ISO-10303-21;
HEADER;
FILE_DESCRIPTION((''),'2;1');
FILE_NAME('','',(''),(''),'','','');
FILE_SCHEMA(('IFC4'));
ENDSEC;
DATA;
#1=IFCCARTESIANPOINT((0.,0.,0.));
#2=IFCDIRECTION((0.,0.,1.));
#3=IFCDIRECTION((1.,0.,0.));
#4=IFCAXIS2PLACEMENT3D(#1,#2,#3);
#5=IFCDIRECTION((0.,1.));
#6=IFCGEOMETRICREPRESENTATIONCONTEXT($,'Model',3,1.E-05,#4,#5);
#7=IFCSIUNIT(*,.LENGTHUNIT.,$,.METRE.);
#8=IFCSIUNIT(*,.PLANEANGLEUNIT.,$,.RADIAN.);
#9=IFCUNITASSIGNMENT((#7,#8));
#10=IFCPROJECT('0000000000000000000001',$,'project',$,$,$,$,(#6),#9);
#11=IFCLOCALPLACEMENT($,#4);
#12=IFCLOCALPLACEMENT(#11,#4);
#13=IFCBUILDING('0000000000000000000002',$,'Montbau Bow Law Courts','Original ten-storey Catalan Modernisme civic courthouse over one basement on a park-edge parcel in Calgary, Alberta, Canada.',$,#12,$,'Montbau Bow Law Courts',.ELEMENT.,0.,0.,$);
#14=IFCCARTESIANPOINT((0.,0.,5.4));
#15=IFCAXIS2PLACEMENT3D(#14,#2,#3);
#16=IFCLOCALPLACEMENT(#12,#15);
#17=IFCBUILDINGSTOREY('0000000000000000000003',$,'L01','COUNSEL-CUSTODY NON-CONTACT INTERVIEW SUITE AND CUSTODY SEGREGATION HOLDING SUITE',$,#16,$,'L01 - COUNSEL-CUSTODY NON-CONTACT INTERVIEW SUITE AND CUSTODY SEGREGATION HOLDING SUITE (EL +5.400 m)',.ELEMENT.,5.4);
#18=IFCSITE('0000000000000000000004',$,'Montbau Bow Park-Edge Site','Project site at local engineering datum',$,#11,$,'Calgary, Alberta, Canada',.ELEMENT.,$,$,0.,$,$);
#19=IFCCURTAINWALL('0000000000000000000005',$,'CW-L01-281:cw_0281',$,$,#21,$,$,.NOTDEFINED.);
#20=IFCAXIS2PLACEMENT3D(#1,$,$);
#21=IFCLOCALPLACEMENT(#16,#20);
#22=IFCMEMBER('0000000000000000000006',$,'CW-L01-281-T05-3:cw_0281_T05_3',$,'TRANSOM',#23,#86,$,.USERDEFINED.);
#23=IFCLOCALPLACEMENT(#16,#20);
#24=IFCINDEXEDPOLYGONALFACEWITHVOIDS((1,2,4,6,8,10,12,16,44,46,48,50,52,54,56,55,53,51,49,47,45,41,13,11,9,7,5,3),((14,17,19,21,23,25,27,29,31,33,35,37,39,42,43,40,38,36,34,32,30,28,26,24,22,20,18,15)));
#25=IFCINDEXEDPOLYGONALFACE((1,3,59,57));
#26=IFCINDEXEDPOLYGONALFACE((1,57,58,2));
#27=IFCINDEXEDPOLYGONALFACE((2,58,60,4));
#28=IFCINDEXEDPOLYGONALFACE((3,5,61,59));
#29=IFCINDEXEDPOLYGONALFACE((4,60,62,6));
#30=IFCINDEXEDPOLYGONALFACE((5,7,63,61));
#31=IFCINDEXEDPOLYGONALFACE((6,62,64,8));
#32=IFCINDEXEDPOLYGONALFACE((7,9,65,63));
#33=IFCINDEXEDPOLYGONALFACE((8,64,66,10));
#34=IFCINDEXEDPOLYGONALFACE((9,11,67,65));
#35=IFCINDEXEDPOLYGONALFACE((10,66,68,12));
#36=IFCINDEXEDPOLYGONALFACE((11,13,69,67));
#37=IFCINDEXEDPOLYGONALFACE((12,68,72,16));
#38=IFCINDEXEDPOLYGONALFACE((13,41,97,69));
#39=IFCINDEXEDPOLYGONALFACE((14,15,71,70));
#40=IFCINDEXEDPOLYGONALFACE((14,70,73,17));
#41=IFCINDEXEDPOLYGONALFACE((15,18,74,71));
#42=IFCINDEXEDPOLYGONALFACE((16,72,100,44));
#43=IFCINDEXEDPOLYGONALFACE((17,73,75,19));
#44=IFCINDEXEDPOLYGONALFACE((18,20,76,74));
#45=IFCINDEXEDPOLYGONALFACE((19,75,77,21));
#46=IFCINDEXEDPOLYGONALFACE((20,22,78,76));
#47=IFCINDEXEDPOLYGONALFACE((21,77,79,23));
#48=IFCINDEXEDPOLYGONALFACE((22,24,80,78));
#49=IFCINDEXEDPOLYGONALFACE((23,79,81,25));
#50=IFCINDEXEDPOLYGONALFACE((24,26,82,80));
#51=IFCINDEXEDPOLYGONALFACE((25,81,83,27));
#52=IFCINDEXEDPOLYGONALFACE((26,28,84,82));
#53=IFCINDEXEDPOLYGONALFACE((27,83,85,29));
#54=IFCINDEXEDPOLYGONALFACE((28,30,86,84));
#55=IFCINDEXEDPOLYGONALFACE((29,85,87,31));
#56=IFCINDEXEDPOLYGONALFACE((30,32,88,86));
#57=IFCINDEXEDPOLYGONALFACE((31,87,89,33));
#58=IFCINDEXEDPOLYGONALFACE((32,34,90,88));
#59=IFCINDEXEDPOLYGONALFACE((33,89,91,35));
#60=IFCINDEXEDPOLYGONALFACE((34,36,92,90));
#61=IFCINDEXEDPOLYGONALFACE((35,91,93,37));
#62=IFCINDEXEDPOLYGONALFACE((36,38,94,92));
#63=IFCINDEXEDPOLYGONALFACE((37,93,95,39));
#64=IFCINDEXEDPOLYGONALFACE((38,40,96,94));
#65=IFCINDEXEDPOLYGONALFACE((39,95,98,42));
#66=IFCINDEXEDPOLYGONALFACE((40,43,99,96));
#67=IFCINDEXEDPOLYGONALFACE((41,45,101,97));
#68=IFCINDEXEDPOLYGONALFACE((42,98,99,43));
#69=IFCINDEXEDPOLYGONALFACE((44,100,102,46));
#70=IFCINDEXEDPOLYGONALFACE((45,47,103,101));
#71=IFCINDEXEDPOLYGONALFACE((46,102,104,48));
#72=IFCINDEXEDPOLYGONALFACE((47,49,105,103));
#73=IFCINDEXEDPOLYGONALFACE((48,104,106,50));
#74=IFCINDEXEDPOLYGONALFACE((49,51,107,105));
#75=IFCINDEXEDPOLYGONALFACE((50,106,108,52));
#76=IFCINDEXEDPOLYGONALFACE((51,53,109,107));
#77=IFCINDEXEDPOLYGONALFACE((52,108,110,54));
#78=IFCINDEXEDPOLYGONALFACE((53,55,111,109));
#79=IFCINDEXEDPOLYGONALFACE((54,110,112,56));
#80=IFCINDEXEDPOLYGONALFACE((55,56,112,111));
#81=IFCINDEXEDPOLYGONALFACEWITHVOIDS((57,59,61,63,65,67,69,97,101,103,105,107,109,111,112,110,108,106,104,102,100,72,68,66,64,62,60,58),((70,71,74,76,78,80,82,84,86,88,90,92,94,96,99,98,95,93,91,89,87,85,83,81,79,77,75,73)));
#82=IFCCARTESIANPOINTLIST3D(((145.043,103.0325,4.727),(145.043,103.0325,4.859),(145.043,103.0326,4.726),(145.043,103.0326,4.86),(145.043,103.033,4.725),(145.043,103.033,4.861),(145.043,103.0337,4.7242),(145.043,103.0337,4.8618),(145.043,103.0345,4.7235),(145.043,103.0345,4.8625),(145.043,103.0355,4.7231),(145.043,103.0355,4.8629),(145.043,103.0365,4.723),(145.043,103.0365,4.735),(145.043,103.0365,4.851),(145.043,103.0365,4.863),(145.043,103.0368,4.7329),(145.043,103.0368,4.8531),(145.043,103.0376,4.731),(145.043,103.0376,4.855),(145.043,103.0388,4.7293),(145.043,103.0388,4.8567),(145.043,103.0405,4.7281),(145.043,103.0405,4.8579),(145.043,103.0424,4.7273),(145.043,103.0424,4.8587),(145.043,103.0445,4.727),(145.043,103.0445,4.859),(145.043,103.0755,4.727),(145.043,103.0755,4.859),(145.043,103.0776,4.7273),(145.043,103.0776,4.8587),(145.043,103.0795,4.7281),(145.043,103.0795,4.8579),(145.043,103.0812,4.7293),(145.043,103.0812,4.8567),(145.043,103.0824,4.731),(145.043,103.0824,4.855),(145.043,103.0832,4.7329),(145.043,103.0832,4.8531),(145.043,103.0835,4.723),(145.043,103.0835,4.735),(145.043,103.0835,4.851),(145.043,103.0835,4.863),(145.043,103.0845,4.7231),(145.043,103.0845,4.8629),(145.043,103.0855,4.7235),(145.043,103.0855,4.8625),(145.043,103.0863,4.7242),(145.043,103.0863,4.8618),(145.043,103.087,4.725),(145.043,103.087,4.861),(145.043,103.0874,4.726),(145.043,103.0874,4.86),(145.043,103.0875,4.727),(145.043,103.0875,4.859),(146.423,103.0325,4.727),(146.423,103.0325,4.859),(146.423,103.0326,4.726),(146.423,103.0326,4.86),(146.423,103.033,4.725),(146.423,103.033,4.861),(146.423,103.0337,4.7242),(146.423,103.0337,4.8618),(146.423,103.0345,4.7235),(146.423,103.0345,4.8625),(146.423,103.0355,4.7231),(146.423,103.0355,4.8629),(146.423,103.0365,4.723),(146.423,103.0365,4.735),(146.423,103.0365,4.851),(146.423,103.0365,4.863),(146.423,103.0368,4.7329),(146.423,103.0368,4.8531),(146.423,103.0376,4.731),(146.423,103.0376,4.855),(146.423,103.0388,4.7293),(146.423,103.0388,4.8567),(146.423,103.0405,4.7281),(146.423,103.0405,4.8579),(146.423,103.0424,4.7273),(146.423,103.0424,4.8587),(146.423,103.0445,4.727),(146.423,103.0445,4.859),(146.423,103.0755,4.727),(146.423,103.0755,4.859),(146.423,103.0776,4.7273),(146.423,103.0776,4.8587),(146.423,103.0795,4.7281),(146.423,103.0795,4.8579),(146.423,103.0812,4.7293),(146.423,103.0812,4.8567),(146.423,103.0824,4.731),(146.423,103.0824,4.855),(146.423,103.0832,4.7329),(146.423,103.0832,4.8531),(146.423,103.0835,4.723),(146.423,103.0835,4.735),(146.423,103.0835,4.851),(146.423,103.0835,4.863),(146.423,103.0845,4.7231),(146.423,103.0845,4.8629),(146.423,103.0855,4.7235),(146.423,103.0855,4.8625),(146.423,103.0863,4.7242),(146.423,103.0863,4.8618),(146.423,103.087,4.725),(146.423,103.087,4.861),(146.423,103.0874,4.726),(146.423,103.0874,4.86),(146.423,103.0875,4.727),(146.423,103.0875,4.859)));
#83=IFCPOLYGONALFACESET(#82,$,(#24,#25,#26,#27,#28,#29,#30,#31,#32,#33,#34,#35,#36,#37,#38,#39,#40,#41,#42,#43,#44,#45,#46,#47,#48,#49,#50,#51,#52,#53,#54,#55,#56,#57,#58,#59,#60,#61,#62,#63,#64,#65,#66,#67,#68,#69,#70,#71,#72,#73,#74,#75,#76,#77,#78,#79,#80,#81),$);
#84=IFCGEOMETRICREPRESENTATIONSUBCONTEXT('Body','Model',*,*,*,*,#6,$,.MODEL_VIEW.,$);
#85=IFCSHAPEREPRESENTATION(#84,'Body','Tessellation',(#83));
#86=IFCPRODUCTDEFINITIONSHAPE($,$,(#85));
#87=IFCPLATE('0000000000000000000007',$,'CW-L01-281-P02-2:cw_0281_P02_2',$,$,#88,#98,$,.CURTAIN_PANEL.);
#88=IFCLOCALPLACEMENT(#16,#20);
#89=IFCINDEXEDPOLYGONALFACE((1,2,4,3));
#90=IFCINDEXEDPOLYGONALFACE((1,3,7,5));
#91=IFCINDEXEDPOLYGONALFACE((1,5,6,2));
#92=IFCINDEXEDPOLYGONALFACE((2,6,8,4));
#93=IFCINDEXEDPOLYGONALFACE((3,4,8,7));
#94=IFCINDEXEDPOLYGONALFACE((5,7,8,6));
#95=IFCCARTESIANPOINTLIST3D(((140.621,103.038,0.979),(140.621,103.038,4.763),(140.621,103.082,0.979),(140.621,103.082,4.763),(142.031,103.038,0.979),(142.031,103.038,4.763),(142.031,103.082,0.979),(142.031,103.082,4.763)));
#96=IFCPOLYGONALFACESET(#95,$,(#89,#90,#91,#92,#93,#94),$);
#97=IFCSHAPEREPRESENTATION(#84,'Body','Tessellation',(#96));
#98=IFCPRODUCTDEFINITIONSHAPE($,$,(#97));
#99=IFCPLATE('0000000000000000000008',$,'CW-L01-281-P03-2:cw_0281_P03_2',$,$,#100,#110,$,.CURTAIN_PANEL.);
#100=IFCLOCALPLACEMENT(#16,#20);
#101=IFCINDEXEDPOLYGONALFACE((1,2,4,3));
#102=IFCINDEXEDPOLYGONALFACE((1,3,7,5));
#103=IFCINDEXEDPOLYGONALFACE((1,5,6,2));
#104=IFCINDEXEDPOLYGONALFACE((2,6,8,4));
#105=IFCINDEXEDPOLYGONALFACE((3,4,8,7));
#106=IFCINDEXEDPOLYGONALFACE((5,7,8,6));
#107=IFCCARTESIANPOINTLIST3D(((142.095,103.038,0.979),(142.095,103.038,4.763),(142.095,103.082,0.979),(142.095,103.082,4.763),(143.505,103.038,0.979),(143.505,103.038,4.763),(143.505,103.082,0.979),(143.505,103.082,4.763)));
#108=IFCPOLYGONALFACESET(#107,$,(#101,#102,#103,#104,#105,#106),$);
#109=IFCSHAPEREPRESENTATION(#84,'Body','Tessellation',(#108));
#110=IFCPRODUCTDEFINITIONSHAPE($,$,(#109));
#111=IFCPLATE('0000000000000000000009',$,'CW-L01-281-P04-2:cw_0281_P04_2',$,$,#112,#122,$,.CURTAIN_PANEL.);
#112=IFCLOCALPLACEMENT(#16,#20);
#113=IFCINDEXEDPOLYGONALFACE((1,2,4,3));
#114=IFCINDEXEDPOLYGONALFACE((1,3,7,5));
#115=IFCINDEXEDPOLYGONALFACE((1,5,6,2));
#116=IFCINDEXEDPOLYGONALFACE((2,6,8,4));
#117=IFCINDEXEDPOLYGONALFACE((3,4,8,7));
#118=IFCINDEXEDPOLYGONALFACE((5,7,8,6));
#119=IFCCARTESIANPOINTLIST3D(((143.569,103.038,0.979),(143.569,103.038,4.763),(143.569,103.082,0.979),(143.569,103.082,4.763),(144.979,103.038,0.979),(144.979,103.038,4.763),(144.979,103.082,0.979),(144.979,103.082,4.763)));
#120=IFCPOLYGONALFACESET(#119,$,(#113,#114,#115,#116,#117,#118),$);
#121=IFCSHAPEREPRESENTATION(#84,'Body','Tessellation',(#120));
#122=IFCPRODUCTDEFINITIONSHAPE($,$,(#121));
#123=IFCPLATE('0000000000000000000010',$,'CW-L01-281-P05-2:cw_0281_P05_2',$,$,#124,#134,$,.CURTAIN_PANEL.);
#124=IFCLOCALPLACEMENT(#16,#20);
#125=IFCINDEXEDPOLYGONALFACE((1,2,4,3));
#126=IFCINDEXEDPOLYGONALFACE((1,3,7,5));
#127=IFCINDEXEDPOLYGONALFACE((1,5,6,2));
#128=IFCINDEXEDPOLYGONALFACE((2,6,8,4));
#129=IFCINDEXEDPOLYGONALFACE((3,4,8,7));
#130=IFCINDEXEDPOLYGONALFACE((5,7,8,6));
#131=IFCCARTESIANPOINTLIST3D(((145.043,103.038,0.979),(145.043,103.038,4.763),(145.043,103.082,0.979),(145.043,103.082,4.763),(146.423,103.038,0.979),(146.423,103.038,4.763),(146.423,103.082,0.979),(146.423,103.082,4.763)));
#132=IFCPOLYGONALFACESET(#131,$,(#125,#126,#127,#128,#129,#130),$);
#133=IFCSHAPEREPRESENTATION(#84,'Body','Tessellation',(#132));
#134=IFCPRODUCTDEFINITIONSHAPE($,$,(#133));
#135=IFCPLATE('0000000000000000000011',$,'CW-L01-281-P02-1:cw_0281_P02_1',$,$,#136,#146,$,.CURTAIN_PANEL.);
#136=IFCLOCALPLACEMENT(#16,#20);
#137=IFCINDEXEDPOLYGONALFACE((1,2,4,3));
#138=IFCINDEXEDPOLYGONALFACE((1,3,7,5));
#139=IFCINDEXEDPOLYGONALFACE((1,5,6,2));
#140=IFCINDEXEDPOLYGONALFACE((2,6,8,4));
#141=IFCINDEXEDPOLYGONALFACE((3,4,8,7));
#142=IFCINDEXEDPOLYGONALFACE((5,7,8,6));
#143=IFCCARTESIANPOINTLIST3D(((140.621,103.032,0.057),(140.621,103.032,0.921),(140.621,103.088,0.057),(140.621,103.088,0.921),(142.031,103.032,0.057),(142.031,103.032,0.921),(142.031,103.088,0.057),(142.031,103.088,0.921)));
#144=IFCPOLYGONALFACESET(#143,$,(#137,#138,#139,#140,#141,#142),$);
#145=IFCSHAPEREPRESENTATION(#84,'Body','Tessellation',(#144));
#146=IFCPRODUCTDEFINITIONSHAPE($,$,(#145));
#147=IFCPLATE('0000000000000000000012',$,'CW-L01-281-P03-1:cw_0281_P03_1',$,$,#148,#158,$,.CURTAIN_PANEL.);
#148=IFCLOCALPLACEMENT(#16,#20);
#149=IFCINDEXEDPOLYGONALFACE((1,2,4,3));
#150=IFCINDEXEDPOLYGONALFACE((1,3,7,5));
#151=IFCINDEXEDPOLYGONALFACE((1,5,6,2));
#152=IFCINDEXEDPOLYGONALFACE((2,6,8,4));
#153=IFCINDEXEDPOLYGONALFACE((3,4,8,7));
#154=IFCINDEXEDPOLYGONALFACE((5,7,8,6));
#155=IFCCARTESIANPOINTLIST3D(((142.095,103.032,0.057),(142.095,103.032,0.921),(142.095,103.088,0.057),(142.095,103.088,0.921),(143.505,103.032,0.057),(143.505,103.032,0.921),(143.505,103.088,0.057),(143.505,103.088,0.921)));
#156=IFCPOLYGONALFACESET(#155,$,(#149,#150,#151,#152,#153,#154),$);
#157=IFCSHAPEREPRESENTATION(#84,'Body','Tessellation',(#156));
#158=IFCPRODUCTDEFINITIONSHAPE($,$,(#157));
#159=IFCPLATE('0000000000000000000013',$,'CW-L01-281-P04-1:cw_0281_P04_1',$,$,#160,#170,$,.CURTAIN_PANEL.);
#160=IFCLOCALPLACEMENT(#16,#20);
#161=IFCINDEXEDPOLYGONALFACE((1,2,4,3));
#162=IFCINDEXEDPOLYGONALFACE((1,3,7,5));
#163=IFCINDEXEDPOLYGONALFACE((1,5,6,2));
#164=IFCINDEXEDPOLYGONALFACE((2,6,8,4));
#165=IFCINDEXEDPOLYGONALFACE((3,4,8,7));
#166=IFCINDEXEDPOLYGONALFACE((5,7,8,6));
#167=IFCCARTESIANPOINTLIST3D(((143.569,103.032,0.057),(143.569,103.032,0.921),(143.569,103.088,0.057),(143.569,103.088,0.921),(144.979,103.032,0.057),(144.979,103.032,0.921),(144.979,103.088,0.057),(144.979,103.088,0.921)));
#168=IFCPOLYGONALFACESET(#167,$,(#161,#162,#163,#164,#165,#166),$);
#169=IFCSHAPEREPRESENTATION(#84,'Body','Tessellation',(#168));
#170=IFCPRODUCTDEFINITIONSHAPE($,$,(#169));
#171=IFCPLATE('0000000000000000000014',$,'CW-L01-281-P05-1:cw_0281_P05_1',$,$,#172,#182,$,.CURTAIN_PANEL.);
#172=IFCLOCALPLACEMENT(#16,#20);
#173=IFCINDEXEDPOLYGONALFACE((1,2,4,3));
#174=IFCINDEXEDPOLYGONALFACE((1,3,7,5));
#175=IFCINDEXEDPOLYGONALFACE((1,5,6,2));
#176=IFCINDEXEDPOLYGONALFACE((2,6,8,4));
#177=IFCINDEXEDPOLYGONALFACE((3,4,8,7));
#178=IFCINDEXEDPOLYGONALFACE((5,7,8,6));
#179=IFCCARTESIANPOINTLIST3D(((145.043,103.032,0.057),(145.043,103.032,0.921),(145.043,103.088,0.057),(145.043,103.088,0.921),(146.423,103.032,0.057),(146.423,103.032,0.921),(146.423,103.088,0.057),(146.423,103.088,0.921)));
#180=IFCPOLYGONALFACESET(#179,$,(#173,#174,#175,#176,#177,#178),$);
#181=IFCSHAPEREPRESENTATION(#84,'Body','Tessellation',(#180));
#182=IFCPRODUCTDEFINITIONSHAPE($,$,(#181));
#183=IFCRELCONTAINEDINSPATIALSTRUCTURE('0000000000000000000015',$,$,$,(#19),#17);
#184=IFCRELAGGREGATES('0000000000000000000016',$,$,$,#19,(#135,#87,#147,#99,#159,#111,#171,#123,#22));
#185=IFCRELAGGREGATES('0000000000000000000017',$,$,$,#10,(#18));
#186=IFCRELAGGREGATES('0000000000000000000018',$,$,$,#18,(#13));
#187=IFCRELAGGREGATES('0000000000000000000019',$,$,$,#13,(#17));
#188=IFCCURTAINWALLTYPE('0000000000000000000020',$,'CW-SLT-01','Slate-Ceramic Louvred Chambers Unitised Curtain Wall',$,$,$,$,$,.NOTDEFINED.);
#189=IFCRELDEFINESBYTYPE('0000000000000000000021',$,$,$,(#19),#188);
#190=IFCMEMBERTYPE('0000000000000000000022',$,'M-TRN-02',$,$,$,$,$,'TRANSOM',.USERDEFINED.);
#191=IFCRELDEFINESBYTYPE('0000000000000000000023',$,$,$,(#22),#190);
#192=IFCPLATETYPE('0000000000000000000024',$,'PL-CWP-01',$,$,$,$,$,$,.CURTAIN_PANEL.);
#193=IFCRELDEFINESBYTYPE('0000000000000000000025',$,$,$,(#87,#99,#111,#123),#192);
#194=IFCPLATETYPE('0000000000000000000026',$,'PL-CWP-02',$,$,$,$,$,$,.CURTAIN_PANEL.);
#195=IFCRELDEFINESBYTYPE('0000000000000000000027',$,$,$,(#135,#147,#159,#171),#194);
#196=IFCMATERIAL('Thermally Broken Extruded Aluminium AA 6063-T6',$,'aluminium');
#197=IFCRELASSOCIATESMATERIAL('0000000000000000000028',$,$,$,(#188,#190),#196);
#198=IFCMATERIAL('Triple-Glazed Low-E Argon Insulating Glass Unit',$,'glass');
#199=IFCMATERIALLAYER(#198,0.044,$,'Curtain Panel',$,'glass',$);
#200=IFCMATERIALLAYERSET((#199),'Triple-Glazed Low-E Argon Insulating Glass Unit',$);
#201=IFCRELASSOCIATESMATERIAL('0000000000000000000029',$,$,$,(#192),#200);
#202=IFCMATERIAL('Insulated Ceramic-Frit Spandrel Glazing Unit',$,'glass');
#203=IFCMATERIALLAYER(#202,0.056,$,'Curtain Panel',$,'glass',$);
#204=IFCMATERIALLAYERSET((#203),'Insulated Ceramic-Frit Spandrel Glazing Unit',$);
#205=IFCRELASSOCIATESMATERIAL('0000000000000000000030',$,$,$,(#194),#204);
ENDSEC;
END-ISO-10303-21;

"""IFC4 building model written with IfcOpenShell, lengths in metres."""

from ifc_helpers import new_model, si_unit, direction, frame, frame_2d, origin_with_axes, origin_2d_with_axis, place, context, subcontext, project, spatial, rectangle, hollow_rectangle, extrude, material, layer, layer_set, material_profile, profile_set, type_object, element, aggregate, save


model = new_model("IFC4")

# Units and contexts
model_context = context("Model", 3, precision=1e-05, world=origin_with_axes(), true_north=direction((0.0, 1.0)))
body_context = subcontext(model_context, "Body", "Model", "MODEL_VIEW")
ifc_project = project(units=[si_unit("LENGTHUNIT", "METRE"), si_unit("PLANEANGLEUNIT", "RADIAN")], contexts=[model_context])

# Site, building, storey
site_placement = place(None, origin_with_axes())
site = spatial("IfcSite", under=ifc_project, at=site_placement, Name="Montbau Bow Park-Edge Site", Description="Project site at local engineering datum", LongName="Calgary, Alberta, Canada", CompositionType="ELEMENT", RefElevation=0.0)
building_placement = place(site_placement, origin_with_axes())
building = spatial("IfcBuilding", under=site, at=building_placement, Name="Montbau Bow Law Courts", Description="Original ten-storey Catalan Modernisme civic courthouse over one basement on a park-edge parcel in Calgary, Alberta, Canada.", LongName="Montbau Bow Law Courts", CompositionType="ELEMENT", ElevationOfRefHeight=0.0, ElevationOfTerrain=0.0)
storey_placement = place(building_placement, frame((0.0, 0.0, 5.4), z_axis=(0.0, 0.0, 1.0), x_axis=(1.0, 0.0, 0.0)))
storey = spatial("IfcBuildingStorey", under=building, at=storey_placement, Name="L01", Description="COUNSEL-CUSTODY NON-CONTACT INTERVIEW SUITE AND CUSTODY SEGREGATION HOLDING SUITE", LongName="L01 - COUNSEL-CUSTODY NON-CONTACT INTERVIEW SUITE AND CUSTODY SEGREGATION HOLDING SUITE (EL +5.400 m)", CompositionType="ELEMENT", Elevation=5.4)

# Curtain wall, member, plates
ifc_material_1 = material(Name="Thermally Broken Extruded Aluminium AA 6063-T6", Category="aluminium")
curtain_wall_type = type_object("IfcCurtainWallType", Name="CW-SLT-01", Description="Slate-Ceramic Louvred Chambers Unitised Curtain Wall", PredefinedType="NOTDEFINED", material=ifc_material_1)
curtain_wall_placement = place(None, frame((139.115, 103.06, 5.4), z_axis=(0.0, 0.0, 1.0), x_axis=(1.0, 0.0, 0.0)))
curtain_wall = element("IfcCurtainWall", 1, at=curtain_wall_placement, inside=storey, type_object=curtain_wall_type, Name="CW-L01-281:cw_0281", PredefinedType="NOTDEFINED")
ifc_material_profile_1 = material_profile(ifc_material_1, hollow_rectangle(XDim=0.055, YDim=0.14, WallThickness=0.004, InnerFilletRadius=0.008, OuterFilletRadius=0.004, at=origin_2d_with_axis()), Name="CWT-140X55", Category="Main", Priority=0)
ifc_profile_set_1 = profile_set([ifc_material_profile_1], Name="Thermally Broken Extruded Aluminium AA 6063-T6")
member_type_1 = type_object("IfcMemberType", Name="M-TRN-02", ElementType="TRANSOM", PredefinedType="USERDEFINED", material=ifc_profile_set_1)
member_1_placement = place(None, frame((145.043, 103.06, 10.193), z_axis=(1.0, 0.0, 0.0), x_axis=(0.0, 1.0, 0.0)))
member_1 = element("IfcMember", 2, at=member_1_placement, type_object=member_type_1, Name="CW-L01-281-T05-3:cw_0281_T05_3", ObjectType="TRANSOM", PredefinedType="USERDEFINED", context=body_context, shape_type="SweptSolid", body=[
    extrude(hollow_rectangle(XDim=0.055, YDim=0.14, WallThickness=0.004, InnerFilletRadius=0.008, OuterFilletRadius=0.004, at=origin_2d_with_axis()), origin_with_axes(), (0.0, 0.0, 1.0), 1.38),
])
ifc_material_2 = material(Name="Triple-Glazed Low-E Argon Insulating Glass Unit", Category="glass")
ifc_layer_1 = layer(ifc_material_2, 0.044, Name="Curtain Panel", Category="glass")
ifc_layer_set_1 = layer_set([ifc_layer_1], Name="Triple-Glazed Low-E Argon Insulating Glass Unit")
plate_type_1 = type_object("IfcPlateType", Name="PL-CWP-01", PredefinedType="CURTAIN_PANEL", material=ifc_layer_set_1)
plate_1_placement = place(None, frame((140.621, 103.06, 6.379), z_axis=(0.0, -1.0, 0.0), x_axis=(1.0, 0.0, 0.0)))
plate_1 = element("IfcPlate", 3, at=plate_1_placement, type_object=plate_type_1, Name="CW-L01-281-P02-2:cw_0281_P02_2", PredefinedType="CURTAIN_PANEL", context=body_context, shape_type="SweptSolid", body=[
    extrude(rectangle(XDim=1.41, YDim=3.784, at=frame_2d((0.705, 1.892), x_axis=(1.0, 0.0))), frame((0.0, 0.0, -0.022), z_axis=(0.0, 0.0, 1.0), x_axis=(1.0, 0.0, 0.0)), (0.0, 0.0, 1.0), 0.044),
])
plate_2_placement = place(None, frame((142.095, 103.06, 6.379), z_axis=(0.0, -1.0, 0.0), x_axis=(1.0, 0.0, 0.0)))
plate_2 = element("IfcPlate", 4, at=plate_2_placement, type_object=plate_type_1, Name="CW-L01-281-P03-2:cw_0281_P03_2", PredefinedType="CURTAIN_PANEL", context=body_context, shape_type="SweptSolid", body=[
    extrude(rectangle(XDim=1.41, YDim=3.784, at=frame_2d((0.705, 1.892), x_axis=(1.0, 0.0))), frame((0.0, 0.0, -0.022), z_axis=(0.0, 0.0, 1.0), x_axis=(1.0, 0.0, 0.0)), (0.0, 0.0, 1.0), 0.044),
])
plate_3_placement = place(None, frame((143.569, 103.06, 6.379), z_axis=(0.0, -1.0, 0.0), x_axis=(1.0, 0.0, 0.0)))
plate_3 = element("IfcPlate", 5, at=plate_3_placement, type_object=plate_type_1, Name="CW-L01-281-P04-2:cw_0281_P04_2", PredefinedType="CURTAIN_PANEL", context=body_context, shape_type="SweptSolid", body=[
    extrude(rectangle(XDim=1.41, YDim=3.784, at=frame_2d((0.705, 1.892), x_axis=(1.0, 0.0))), frame((0.0, 0.0, -0.022), z_axis=(0.0, 0.0, 1.0), x_axis=(1.0, 0.0, 0.0)), (0.0, 0.0, 1.0), 0.044),
])
plate_4_placement = place(None, frame((145.043, 103.06, 6.379), z_axis=(0.0, -1.0, 0.0), x_axis=(1.0, 0.0, 0.0)))
plate_4 = element("IfcPlate", 6, at=plate_4_placement, type_object=plate_type_1, Name="CW-L01-281-P05-2:cw_0281_P05_2", PredefinedType="CURTAIN_PANEL", context=body_context, shape_type="SweptSolid", body=[
    extrude(rectangle(XDim=1.38, YDim=3.784, at=frame_2d((0.69, 1.892), x_axis=(1.0, 0.0))), frame((0.0, 0.0, -0.022), z_axis=(0.0, 0.0, 1.0), x_axis=(1.0, 0.0, 0.0)), (0.0, 0.0, 1.0), 0.044),
])
ifc_material_3 = material(Name="Insulated Ceramic-Frit Spandrel Glazing Unit", Category="glass")
ifc_layer_2 = layer(ifc_material_3, 0.056, Name="Curtain Panel", Category="glass")
ifc_layer_set_2 = layer_set([ifc_layer_2], Name="Insulated Ceramic-Frit Spandrel Glazing Unit")
plate_type_2 = type_object("IfcPlateType", Name="PL-CWP-02", PredefinedType="CURTAIN_PANEL", material=ifc_layer_set_2)
plate_5_placement = place(None, frame((140.621, 103.06, 5.457), z_axis=(0.0, -1.0, 0.0), x_axis=(1.0, 0.0, 0.0)))
plate_5 = element("IfcPlate", 7, at=plate_5_placement, type_object=plate_type_2, Name="CW-L01-281-P02-1:cw_0281_P02_1", PredefinedType="CURTAIN_PANEL", context=body_context, shape_type="SweptSolid", body=[
    extrude(rectangle(XDim=1.41, YDim=0.864, at=frame_2d((0.705, 0.432), x_axis=(1.0, 0.0))), frame((0.0, 0.0, -0.028), z_axis=(0.0, 0.0, 1.0), x_axis=(1.0, 0.0, 0.0)), (0.0, 0.0, 1.0), 0.056),
])
plate_6_placement = place(None, frame((142.095, 103.06, 5.457), z_axis=(0.0, -1.0, 0.0), x_axis=(1.0, 0.0, 0.0)))
plate_6 = element("IfcPlate", 8, at=plate_6_placement, type_object=plate_type_2, Name="CW-L01-281-P03-1:cw_0281_P03_1", PredefinedType="CURTAIN_PANEL", context=body_context, shape_type="SweptSolid", body=[
    extrude(rectangle(XDim=1.41, YDim=0.864, at=frame_2d((0.705, 0.432), x_axis=(1.0, 0.0))), frame((0.0, 0.0, -0.028), z_axis=(0.0, 0.0, 1.0), x_axis=(1.0, 0.0, 0.0)), (0.0, 0.0, 1.0), 0.056),
])
plate_7_placement = place(None, frame((143.569, 103.06, 5.457), z_axis=(0.0, -1.0, 0.0), x_axis=(1.0, 0.0, 0.0)))
plate_7 = element("IfcPlate", 9, at=plate_7_placement, type_object=plate_type_2, Name="CW-L01-281-P04-1:cw_0281_P04_1", PredefinedType="CURTAIN_PANEL", context=body_context, shape_type="SweptSolid", body=[
    extrude(rectangle(XDim=1.41, YDim=0.864, at=frame_2d((0.705, 0.432), x_axis=(1.0, 0.0))), frame((0.0, 0.0, -0.028), z_axis=(0.0, 0.0, 1.0), x_axis=(1.0, 0.0, 0.0)), (0.0, 0.0, 1.0), 0.056),
])
plate_8_placement = place(None, frame((145.043, 103.06, 5.457), z_axis=(0.0, -1.0, 0.0), x_axis=(1.0, 0.0, 0.0)))
plate_8 = element("IfcPlate", 10, at=plate_8_placement, type_object=plate_type_2, Name="CW-L01-281-P05-1:cw_0281_P05_1", PredefinedType="CURTAIN_PANEL", context=body_context, shape_type="SweptSolid", body=[
    extrude(rectangle(XDim=1.38, YDim=0.864, at=frame_2d((0.69, 0.432), x_axis=(1.0, 0.0))), frame((0.0, 0.0, -0.028), z_axis=(0.0, 0.0, 1.0), x_axis=(1.0, 0.0, 0.0)), (0.0, 0.0, 1.0), 0.056),
])
aggregate(curtain_wall, [plate_5, plate_1, plate_6, plate_2, plate_7, plate_3, plate_8, plate_4, member_1])

save(model, "model.ifc")
